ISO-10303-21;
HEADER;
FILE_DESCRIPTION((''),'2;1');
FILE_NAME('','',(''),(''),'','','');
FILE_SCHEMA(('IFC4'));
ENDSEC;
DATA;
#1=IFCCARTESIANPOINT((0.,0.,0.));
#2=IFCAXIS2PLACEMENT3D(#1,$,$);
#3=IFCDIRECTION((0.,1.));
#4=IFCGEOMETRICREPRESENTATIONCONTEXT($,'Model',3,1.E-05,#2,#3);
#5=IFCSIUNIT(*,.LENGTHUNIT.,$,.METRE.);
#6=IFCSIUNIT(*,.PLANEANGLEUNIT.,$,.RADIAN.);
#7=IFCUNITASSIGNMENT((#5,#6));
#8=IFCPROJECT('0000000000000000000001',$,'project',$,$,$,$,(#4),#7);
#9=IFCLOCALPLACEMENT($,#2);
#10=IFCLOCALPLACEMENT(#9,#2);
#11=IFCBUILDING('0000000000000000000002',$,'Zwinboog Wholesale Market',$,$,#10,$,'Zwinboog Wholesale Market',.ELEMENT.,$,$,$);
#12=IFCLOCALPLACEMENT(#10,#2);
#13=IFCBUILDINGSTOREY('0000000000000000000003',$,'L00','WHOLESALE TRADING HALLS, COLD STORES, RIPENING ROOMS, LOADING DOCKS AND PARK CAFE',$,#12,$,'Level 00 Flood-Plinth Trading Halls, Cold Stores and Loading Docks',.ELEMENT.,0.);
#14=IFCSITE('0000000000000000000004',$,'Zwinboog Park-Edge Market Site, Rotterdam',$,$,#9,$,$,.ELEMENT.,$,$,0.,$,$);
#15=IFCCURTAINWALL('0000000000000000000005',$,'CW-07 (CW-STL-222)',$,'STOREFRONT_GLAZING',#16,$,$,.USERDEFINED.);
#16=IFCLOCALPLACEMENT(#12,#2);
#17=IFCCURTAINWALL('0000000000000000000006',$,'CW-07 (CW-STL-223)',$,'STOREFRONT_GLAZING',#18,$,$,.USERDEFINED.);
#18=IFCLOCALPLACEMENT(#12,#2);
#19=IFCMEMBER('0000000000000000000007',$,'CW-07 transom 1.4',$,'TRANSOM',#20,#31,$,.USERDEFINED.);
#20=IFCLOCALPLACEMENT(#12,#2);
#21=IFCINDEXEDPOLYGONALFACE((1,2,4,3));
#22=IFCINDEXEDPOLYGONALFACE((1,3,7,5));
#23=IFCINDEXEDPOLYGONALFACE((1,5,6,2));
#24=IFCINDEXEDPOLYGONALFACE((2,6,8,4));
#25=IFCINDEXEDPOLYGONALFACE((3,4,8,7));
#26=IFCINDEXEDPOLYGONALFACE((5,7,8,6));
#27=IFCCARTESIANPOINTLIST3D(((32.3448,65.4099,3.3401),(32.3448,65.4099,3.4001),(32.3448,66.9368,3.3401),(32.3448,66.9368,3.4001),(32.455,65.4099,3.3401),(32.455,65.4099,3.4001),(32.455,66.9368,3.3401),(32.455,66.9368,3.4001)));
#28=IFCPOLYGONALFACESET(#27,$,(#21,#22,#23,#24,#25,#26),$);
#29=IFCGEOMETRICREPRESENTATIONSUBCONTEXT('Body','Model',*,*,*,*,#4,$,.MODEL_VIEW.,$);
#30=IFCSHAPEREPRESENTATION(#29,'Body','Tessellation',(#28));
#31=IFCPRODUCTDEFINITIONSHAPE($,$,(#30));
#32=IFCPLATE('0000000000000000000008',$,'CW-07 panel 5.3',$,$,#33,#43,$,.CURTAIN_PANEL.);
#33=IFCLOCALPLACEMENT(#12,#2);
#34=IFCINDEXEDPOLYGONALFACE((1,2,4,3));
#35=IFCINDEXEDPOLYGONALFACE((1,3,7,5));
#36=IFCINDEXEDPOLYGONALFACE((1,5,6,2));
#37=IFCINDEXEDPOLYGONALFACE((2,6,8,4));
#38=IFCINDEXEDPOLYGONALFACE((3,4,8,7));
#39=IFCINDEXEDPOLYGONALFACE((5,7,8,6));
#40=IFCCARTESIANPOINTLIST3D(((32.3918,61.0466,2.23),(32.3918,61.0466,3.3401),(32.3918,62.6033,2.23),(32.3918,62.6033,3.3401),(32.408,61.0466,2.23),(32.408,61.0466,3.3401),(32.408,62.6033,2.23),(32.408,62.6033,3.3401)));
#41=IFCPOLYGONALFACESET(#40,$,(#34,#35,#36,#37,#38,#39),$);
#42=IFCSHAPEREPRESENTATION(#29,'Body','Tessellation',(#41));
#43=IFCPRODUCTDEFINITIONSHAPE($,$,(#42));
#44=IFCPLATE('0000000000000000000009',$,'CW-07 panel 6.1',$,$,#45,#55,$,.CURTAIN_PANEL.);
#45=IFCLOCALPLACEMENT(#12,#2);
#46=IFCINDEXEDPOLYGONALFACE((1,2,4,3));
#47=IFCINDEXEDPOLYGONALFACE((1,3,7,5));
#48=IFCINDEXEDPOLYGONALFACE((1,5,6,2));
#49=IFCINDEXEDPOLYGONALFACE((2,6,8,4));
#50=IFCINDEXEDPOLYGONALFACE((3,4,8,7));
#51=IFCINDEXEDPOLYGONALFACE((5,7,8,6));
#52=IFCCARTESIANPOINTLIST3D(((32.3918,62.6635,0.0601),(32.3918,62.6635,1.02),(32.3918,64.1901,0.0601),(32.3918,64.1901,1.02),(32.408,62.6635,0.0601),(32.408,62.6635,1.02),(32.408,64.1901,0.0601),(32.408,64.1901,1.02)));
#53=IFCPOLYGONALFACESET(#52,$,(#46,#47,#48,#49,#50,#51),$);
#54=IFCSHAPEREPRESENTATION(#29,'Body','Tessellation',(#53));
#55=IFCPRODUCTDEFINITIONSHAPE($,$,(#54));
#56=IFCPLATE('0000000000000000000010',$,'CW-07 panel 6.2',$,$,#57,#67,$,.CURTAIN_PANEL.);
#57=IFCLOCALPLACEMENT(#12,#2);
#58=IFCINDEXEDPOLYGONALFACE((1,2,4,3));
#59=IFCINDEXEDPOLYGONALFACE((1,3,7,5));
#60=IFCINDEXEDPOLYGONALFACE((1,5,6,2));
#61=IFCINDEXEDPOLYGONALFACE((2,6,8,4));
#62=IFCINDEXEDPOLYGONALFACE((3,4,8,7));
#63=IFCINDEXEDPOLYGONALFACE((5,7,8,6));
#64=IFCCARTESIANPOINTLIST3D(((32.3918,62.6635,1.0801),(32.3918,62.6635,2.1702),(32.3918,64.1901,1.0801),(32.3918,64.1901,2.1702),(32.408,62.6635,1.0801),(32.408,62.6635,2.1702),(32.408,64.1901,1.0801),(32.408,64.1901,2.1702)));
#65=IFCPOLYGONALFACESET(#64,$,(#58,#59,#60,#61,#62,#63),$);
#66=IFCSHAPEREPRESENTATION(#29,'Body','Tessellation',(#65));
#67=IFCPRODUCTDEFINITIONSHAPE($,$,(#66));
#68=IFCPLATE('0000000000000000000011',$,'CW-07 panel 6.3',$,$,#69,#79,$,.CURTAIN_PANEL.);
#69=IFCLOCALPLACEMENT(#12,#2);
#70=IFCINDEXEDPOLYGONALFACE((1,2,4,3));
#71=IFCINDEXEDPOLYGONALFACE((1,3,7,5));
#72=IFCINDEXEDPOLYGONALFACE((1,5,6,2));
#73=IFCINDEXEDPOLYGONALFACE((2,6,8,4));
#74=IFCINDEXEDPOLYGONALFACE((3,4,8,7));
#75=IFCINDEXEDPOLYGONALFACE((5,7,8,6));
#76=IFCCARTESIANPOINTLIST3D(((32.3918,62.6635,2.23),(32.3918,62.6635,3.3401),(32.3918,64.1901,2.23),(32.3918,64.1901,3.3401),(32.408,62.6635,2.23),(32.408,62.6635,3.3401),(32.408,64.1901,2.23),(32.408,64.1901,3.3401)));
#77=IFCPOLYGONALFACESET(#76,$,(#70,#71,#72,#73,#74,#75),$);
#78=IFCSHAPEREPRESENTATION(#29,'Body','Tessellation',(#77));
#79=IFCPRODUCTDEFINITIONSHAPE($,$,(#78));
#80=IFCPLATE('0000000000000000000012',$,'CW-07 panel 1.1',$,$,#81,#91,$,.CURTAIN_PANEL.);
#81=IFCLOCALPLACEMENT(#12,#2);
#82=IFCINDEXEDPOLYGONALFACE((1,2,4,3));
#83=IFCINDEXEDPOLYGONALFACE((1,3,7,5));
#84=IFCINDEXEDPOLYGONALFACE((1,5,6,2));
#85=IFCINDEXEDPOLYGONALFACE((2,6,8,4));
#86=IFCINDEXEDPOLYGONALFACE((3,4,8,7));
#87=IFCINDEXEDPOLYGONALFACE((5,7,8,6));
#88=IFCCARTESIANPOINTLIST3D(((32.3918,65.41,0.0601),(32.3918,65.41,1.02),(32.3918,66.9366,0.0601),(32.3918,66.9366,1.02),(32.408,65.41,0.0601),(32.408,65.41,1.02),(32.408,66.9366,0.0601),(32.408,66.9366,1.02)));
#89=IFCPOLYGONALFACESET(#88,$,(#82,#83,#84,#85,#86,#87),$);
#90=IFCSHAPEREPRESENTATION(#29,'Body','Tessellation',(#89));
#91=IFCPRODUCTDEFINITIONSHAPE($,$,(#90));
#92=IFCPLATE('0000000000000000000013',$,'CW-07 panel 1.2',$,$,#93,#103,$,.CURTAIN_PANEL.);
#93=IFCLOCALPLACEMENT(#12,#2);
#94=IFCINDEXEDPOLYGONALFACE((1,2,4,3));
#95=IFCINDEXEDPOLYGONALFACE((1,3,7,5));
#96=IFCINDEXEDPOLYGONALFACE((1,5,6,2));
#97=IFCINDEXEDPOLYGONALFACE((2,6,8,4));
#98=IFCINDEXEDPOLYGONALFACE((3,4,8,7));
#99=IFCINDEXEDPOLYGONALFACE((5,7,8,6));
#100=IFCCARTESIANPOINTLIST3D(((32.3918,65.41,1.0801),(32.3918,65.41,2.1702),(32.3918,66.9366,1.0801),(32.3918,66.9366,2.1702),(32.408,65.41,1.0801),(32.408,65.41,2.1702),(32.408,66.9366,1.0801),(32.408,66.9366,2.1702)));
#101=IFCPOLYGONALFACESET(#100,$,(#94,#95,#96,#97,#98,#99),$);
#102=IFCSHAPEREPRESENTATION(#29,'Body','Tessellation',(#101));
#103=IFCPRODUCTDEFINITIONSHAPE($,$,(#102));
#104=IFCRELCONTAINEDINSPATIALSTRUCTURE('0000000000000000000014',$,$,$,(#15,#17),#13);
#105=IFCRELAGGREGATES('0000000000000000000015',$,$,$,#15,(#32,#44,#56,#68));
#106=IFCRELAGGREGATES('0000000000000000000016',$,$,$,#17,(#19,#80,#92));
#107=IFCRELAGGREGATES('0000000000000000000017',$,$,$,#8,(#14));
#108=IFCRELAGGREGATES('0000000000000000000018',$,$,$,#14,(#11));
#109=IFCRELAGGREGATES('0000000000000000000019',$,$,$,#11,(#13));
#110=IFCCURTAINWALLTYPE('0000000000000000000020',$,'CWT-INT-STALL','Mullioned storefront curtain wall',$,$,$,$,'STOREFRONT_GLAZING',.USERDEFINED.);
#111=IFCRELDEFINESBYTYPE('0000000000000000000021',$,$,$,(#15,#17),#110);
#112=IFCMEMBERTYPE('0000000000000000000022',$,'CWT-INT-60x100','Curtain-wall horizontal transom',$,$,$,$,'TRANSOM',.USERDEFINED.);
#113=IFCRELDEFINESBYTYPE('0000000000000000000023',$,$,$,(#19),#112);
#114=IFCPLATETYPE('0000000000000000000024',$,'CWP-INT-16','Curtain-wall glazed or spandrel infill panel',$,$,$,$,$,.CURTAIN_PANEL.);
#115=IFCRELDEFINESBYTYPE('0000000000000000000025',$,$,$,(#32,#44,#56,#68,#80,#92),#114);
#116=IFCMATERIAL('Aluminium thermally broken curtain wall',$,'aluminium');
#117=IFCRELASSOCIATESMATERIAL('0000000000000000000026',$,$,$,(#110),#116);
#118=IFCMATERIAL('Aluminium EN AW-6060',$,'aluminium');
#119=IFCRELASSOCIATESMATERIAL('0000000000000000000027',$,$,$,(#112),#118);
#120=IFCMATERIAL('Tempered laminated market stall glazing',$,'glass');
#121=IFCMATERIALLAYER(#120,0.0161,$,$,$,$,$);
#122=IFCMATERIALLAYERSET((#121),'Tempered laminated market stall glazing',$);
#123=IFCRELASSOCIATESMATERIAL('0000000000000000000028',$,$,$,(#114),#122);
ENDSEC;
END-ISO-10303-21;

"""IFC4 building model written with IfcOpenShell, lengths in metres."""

from ifc_helpers import new_model, si_unit, direction, frame, origin, origin_2d, place, context, subcontext, project, spatial, rectangle, extrude, material, layer, layer_set, material_profile, profile_set, type_object, element, aggregate, save


model = new_model("IFC4")

# Units and contexts
model_context = context("Model", 3, precision=1e-05, world=origin(), true_north=direction((0.0, 1.0)))
body_context = subcontext(model_context, "Body", "Model", "MODEL_VIEW")
ifc_project = project(units=[si_unit("LENGTHUNIT", "METRE"), si_unit("PLANEANGLEUNIT", "RADIAN")], contexts=[model_context])

# Site, building, storey
site_placement = place(None, origin())
site = spatial("IfcSite", under=ifc_project, at=site_placement, Name="Zwinboog Park-Edge Market Site, Rotterdam", CompositionType="ELEMENT", RefElevation=0.0)
building_placement = place(site_placement, origin())
building = spatial("IfcBuilding", under=site, at=building_placement, Name="Zwinboog Wholesale Market", LongName="Zwinboog Wholesale Market", CompositionType="ELEMENT")
storey_placement = place(building_placement, origin())
storey = spatial("IfcBuildingStorey", under=building, at=storey_placement, Name="L00", Description="WHOLESALE TRADING HALLS, COLD STORES, RIPENING ROOMS, LOADING DOCKS AND PARK CAFE", LongName="Level 00 Flood-Plinth Trading Halls, Cold Stores and Loading Docks", CompositionType="ELEMENT", Elevation=0.0)

# Curtain wall
ifc_material_1 = material(Name="Aluminium thermally broken curtain wall", Category="aluminium")
curtain_wall_type = type_object("IfcCurtainWallType", Name="CWT-INT-STALL", Description="Mullioned storefront curtain wall", ElementType="STOREFRONT_GLAZING", PredefinedType="USERDEFINED", material=ifc_material_1)
curtain_wall_1_placement = place(storey_placement, origin())
curtain_wall_1 = element("IfcCurtainWall", 1, at=curtain_wall_1_placement, inside=storey, type_object=curtain_wall_type, Name="CW-07 (CW-STL-222)", ObjectType="STOREFRONT_GLAZING", PredefinedType="USERDEFINED")
ifc_material_2 = material(Name="Aluminium EN AW-6060", Category="aluminium")

# Curtain wall
curtain_wall_2_placement = place(storey_placement, origin())
curtain_wall_2 = element("IfcCurtainWall", 2, at=curtain_wall_2_placement, inside=storey, type_object=curtain_wall_type, Name="CW-07 (CW-STL-223)", ObjectType="STOREFRONT_GLAZING", PredefinedType="USERDEFINED")

# Member
ifc_material_profile_1 = material_profile(ifc_material_2, rectangle(XDim=0.1101, YDim=0.0601, at=origin_2d()), Name="AL 60x110")
ifc_profile_set_1 = profile_set([ifc_material_profile_1], Name="Aluminium EN AW-6060")
member_type_1 = type_object("IfcMemberType", Name="CWT-INT-60x100", Description="Curtain-wall horizontal transom", ElementType="TRANSOM", PredefinedType="USERDEFINED", material=ifc_profile_set_1)
member_1_placement = place(storey_placement, frame((32.3999, 65.4099, 3.3701), z_axis=(0.0, 1.0, 0.0), x_axis=(-1.0, 0.0, 0.0)))
member_1 = element("IfcMember", 3, at=member_1_placement, type_object=member_type_1, Name="CW-07 transom 1.4", ObjectType="TRANSOM", PredefinedType="USERDEFINED", context=body_context, shape_type="SweptSolid", body=[
    extrude(rectangle(XDim=0.1101, YDim=0.0601, at=origin_2d()), origin(), (0.0, 0.0, 1.0), 1.5269),
])

# Plates
ifc_material_3 = material(Name="Tempered laminated market stall glazing", Category="glass")
ifc_layer = layer(ifc_material_3, 0.0161)
ifc_layer_set = layer_set([ifc_layer], Name="Tempered laminated market stall glazing")
plate_type = type_object("IfcPlateType", Name="CWP-INT-16", Description="Curtain-wall glazed or spandrel infill panel", PredefinedType="CURTAIN_PANEL", material=ifc_layer_set)
plate_1_placement = place(storey_placement, frame((32.3999, 61.825, 2.23), z_axis=(0.0, 0.0, 1.0), x_axis=(0.0, 1.0, 0.0)))
plate_1 = element("IfcPlate", 4, at=plate_1_placement, type_object=plate_type, Name="CW-07 panel 5.3", PredefinedType="CURTAIN_PANEL", context=body_context, shape_type="SweptSolid", body=[
    extrude(rectangle(XDim=1.5566, YDim=0.0161, at=origin_2d()), origin(), (0.0, 0.0, 1.0), 1.1101),
])
plate_2_placement = place(storey_placement, frame((32.3999, 63.4268, 0.0601), z_axis=(0.0, 0.0, 1.0), x_axis=(0.0, 1.0, 0.0)))
plate_2 = element("IfcPlate", 5, at=plate_2_placement, type_object=plate_type, Name="CW-07 panel 6.1", PredefinedType="CURTAIN_PANEL", context=body_context, shape_type="SweptSolid", body=[
    extrude(rectangle(XDim=1.5266, YDim=0.0161, at=origin_2d()), origin(), (0.0, 0.0, 1.0), 0.96),
])
plate_3_placement = place(storey_placement, frame((32.3999, 63.4268, 1.0801), z_axis=(0.0, 0.0, 1.0), x_axis=(0.0, 1.0, 0.0)))
plate_3 = element("IfcPlate", 6, at=plate_3_placement, type_object=plate_type, Name="CW-07 panel 6.2", PredefinedType="CURTAIN_PANEL", context=body_context, shape_type="SweptSolid", body=[
    extrude(rectangle(XDim=1.5266, YDim=0.0161, at=origin_2d()), origin(), (0.0, 0.0, 1.0), 1.0901),
])
plate_4_placement = place(storey_placement, frame((32.3999, 63.4268, 2.23), z_axis=(0.0, 0.0, 1.0), x_axis=(0.0, 1.0, 0.0)))
plate_4 = element("IfcPlate", 7, at=plate_4_placement, type_object=plate_type, Name="CW-07 panel 6.3", PredefinedType="CURTAIN_PANEL", context=body_context, shape_type="SweptSolid", body=[
    extrude(rectangle(XDim=1.5266, YDim=0.0161, at=origin_2d()), origin(), (0.0, 0.0, 1.0), 1.1101),
])
aggregate(curtain_wall_1, [plate_1, plate_2, plate_3, plate_4])
plate_5_placement = place(storey_placement, frame((32.3999, 66.1733, 0.0601), z_axis=(0.0, 0.0, 1.0), x_axis=(0.0, 1.0, 0.0)))
plate_5 = element("IfcPlate", 8, at=plate_5_placement, type_object=plate_type, Name="CW-07 panel 1.1", PredefinedType="CURTAIN_PANEL", context=body_context, shape_type="SweptSolid", body=[
    extrude(rectangle(XDim=1.5266, YDim=0.0161, at=origin_2d()), origin(), (0.0, 0.0, 1.0), 0.96),
])
plate_6_placement = place(storey_placement, frame((32.3999, 66.1733, 1.0801), z_axis=(0.0, 0.0, 1.0), x_axis=(0.0, 1.0, 0.0)))
plate_6 = element("IfcPlate", 9, at=plate_6_placement, type_object=plate_type, Name="CW-07 panel 1.2", PredefinedType="CURTAIN_PANEL", context=body_context, shape_type="SweptSolid", body=[
    extrude(rectangle(XDim=1.5266, YDim=0.0161, at=origin_2d()), origin(), (0.0, 0.0, 1.0), 1.0901),
])
aggregate(curtain_wall_2, [member_1, plate_5, plate_6])

save(model, "model.ifc")
